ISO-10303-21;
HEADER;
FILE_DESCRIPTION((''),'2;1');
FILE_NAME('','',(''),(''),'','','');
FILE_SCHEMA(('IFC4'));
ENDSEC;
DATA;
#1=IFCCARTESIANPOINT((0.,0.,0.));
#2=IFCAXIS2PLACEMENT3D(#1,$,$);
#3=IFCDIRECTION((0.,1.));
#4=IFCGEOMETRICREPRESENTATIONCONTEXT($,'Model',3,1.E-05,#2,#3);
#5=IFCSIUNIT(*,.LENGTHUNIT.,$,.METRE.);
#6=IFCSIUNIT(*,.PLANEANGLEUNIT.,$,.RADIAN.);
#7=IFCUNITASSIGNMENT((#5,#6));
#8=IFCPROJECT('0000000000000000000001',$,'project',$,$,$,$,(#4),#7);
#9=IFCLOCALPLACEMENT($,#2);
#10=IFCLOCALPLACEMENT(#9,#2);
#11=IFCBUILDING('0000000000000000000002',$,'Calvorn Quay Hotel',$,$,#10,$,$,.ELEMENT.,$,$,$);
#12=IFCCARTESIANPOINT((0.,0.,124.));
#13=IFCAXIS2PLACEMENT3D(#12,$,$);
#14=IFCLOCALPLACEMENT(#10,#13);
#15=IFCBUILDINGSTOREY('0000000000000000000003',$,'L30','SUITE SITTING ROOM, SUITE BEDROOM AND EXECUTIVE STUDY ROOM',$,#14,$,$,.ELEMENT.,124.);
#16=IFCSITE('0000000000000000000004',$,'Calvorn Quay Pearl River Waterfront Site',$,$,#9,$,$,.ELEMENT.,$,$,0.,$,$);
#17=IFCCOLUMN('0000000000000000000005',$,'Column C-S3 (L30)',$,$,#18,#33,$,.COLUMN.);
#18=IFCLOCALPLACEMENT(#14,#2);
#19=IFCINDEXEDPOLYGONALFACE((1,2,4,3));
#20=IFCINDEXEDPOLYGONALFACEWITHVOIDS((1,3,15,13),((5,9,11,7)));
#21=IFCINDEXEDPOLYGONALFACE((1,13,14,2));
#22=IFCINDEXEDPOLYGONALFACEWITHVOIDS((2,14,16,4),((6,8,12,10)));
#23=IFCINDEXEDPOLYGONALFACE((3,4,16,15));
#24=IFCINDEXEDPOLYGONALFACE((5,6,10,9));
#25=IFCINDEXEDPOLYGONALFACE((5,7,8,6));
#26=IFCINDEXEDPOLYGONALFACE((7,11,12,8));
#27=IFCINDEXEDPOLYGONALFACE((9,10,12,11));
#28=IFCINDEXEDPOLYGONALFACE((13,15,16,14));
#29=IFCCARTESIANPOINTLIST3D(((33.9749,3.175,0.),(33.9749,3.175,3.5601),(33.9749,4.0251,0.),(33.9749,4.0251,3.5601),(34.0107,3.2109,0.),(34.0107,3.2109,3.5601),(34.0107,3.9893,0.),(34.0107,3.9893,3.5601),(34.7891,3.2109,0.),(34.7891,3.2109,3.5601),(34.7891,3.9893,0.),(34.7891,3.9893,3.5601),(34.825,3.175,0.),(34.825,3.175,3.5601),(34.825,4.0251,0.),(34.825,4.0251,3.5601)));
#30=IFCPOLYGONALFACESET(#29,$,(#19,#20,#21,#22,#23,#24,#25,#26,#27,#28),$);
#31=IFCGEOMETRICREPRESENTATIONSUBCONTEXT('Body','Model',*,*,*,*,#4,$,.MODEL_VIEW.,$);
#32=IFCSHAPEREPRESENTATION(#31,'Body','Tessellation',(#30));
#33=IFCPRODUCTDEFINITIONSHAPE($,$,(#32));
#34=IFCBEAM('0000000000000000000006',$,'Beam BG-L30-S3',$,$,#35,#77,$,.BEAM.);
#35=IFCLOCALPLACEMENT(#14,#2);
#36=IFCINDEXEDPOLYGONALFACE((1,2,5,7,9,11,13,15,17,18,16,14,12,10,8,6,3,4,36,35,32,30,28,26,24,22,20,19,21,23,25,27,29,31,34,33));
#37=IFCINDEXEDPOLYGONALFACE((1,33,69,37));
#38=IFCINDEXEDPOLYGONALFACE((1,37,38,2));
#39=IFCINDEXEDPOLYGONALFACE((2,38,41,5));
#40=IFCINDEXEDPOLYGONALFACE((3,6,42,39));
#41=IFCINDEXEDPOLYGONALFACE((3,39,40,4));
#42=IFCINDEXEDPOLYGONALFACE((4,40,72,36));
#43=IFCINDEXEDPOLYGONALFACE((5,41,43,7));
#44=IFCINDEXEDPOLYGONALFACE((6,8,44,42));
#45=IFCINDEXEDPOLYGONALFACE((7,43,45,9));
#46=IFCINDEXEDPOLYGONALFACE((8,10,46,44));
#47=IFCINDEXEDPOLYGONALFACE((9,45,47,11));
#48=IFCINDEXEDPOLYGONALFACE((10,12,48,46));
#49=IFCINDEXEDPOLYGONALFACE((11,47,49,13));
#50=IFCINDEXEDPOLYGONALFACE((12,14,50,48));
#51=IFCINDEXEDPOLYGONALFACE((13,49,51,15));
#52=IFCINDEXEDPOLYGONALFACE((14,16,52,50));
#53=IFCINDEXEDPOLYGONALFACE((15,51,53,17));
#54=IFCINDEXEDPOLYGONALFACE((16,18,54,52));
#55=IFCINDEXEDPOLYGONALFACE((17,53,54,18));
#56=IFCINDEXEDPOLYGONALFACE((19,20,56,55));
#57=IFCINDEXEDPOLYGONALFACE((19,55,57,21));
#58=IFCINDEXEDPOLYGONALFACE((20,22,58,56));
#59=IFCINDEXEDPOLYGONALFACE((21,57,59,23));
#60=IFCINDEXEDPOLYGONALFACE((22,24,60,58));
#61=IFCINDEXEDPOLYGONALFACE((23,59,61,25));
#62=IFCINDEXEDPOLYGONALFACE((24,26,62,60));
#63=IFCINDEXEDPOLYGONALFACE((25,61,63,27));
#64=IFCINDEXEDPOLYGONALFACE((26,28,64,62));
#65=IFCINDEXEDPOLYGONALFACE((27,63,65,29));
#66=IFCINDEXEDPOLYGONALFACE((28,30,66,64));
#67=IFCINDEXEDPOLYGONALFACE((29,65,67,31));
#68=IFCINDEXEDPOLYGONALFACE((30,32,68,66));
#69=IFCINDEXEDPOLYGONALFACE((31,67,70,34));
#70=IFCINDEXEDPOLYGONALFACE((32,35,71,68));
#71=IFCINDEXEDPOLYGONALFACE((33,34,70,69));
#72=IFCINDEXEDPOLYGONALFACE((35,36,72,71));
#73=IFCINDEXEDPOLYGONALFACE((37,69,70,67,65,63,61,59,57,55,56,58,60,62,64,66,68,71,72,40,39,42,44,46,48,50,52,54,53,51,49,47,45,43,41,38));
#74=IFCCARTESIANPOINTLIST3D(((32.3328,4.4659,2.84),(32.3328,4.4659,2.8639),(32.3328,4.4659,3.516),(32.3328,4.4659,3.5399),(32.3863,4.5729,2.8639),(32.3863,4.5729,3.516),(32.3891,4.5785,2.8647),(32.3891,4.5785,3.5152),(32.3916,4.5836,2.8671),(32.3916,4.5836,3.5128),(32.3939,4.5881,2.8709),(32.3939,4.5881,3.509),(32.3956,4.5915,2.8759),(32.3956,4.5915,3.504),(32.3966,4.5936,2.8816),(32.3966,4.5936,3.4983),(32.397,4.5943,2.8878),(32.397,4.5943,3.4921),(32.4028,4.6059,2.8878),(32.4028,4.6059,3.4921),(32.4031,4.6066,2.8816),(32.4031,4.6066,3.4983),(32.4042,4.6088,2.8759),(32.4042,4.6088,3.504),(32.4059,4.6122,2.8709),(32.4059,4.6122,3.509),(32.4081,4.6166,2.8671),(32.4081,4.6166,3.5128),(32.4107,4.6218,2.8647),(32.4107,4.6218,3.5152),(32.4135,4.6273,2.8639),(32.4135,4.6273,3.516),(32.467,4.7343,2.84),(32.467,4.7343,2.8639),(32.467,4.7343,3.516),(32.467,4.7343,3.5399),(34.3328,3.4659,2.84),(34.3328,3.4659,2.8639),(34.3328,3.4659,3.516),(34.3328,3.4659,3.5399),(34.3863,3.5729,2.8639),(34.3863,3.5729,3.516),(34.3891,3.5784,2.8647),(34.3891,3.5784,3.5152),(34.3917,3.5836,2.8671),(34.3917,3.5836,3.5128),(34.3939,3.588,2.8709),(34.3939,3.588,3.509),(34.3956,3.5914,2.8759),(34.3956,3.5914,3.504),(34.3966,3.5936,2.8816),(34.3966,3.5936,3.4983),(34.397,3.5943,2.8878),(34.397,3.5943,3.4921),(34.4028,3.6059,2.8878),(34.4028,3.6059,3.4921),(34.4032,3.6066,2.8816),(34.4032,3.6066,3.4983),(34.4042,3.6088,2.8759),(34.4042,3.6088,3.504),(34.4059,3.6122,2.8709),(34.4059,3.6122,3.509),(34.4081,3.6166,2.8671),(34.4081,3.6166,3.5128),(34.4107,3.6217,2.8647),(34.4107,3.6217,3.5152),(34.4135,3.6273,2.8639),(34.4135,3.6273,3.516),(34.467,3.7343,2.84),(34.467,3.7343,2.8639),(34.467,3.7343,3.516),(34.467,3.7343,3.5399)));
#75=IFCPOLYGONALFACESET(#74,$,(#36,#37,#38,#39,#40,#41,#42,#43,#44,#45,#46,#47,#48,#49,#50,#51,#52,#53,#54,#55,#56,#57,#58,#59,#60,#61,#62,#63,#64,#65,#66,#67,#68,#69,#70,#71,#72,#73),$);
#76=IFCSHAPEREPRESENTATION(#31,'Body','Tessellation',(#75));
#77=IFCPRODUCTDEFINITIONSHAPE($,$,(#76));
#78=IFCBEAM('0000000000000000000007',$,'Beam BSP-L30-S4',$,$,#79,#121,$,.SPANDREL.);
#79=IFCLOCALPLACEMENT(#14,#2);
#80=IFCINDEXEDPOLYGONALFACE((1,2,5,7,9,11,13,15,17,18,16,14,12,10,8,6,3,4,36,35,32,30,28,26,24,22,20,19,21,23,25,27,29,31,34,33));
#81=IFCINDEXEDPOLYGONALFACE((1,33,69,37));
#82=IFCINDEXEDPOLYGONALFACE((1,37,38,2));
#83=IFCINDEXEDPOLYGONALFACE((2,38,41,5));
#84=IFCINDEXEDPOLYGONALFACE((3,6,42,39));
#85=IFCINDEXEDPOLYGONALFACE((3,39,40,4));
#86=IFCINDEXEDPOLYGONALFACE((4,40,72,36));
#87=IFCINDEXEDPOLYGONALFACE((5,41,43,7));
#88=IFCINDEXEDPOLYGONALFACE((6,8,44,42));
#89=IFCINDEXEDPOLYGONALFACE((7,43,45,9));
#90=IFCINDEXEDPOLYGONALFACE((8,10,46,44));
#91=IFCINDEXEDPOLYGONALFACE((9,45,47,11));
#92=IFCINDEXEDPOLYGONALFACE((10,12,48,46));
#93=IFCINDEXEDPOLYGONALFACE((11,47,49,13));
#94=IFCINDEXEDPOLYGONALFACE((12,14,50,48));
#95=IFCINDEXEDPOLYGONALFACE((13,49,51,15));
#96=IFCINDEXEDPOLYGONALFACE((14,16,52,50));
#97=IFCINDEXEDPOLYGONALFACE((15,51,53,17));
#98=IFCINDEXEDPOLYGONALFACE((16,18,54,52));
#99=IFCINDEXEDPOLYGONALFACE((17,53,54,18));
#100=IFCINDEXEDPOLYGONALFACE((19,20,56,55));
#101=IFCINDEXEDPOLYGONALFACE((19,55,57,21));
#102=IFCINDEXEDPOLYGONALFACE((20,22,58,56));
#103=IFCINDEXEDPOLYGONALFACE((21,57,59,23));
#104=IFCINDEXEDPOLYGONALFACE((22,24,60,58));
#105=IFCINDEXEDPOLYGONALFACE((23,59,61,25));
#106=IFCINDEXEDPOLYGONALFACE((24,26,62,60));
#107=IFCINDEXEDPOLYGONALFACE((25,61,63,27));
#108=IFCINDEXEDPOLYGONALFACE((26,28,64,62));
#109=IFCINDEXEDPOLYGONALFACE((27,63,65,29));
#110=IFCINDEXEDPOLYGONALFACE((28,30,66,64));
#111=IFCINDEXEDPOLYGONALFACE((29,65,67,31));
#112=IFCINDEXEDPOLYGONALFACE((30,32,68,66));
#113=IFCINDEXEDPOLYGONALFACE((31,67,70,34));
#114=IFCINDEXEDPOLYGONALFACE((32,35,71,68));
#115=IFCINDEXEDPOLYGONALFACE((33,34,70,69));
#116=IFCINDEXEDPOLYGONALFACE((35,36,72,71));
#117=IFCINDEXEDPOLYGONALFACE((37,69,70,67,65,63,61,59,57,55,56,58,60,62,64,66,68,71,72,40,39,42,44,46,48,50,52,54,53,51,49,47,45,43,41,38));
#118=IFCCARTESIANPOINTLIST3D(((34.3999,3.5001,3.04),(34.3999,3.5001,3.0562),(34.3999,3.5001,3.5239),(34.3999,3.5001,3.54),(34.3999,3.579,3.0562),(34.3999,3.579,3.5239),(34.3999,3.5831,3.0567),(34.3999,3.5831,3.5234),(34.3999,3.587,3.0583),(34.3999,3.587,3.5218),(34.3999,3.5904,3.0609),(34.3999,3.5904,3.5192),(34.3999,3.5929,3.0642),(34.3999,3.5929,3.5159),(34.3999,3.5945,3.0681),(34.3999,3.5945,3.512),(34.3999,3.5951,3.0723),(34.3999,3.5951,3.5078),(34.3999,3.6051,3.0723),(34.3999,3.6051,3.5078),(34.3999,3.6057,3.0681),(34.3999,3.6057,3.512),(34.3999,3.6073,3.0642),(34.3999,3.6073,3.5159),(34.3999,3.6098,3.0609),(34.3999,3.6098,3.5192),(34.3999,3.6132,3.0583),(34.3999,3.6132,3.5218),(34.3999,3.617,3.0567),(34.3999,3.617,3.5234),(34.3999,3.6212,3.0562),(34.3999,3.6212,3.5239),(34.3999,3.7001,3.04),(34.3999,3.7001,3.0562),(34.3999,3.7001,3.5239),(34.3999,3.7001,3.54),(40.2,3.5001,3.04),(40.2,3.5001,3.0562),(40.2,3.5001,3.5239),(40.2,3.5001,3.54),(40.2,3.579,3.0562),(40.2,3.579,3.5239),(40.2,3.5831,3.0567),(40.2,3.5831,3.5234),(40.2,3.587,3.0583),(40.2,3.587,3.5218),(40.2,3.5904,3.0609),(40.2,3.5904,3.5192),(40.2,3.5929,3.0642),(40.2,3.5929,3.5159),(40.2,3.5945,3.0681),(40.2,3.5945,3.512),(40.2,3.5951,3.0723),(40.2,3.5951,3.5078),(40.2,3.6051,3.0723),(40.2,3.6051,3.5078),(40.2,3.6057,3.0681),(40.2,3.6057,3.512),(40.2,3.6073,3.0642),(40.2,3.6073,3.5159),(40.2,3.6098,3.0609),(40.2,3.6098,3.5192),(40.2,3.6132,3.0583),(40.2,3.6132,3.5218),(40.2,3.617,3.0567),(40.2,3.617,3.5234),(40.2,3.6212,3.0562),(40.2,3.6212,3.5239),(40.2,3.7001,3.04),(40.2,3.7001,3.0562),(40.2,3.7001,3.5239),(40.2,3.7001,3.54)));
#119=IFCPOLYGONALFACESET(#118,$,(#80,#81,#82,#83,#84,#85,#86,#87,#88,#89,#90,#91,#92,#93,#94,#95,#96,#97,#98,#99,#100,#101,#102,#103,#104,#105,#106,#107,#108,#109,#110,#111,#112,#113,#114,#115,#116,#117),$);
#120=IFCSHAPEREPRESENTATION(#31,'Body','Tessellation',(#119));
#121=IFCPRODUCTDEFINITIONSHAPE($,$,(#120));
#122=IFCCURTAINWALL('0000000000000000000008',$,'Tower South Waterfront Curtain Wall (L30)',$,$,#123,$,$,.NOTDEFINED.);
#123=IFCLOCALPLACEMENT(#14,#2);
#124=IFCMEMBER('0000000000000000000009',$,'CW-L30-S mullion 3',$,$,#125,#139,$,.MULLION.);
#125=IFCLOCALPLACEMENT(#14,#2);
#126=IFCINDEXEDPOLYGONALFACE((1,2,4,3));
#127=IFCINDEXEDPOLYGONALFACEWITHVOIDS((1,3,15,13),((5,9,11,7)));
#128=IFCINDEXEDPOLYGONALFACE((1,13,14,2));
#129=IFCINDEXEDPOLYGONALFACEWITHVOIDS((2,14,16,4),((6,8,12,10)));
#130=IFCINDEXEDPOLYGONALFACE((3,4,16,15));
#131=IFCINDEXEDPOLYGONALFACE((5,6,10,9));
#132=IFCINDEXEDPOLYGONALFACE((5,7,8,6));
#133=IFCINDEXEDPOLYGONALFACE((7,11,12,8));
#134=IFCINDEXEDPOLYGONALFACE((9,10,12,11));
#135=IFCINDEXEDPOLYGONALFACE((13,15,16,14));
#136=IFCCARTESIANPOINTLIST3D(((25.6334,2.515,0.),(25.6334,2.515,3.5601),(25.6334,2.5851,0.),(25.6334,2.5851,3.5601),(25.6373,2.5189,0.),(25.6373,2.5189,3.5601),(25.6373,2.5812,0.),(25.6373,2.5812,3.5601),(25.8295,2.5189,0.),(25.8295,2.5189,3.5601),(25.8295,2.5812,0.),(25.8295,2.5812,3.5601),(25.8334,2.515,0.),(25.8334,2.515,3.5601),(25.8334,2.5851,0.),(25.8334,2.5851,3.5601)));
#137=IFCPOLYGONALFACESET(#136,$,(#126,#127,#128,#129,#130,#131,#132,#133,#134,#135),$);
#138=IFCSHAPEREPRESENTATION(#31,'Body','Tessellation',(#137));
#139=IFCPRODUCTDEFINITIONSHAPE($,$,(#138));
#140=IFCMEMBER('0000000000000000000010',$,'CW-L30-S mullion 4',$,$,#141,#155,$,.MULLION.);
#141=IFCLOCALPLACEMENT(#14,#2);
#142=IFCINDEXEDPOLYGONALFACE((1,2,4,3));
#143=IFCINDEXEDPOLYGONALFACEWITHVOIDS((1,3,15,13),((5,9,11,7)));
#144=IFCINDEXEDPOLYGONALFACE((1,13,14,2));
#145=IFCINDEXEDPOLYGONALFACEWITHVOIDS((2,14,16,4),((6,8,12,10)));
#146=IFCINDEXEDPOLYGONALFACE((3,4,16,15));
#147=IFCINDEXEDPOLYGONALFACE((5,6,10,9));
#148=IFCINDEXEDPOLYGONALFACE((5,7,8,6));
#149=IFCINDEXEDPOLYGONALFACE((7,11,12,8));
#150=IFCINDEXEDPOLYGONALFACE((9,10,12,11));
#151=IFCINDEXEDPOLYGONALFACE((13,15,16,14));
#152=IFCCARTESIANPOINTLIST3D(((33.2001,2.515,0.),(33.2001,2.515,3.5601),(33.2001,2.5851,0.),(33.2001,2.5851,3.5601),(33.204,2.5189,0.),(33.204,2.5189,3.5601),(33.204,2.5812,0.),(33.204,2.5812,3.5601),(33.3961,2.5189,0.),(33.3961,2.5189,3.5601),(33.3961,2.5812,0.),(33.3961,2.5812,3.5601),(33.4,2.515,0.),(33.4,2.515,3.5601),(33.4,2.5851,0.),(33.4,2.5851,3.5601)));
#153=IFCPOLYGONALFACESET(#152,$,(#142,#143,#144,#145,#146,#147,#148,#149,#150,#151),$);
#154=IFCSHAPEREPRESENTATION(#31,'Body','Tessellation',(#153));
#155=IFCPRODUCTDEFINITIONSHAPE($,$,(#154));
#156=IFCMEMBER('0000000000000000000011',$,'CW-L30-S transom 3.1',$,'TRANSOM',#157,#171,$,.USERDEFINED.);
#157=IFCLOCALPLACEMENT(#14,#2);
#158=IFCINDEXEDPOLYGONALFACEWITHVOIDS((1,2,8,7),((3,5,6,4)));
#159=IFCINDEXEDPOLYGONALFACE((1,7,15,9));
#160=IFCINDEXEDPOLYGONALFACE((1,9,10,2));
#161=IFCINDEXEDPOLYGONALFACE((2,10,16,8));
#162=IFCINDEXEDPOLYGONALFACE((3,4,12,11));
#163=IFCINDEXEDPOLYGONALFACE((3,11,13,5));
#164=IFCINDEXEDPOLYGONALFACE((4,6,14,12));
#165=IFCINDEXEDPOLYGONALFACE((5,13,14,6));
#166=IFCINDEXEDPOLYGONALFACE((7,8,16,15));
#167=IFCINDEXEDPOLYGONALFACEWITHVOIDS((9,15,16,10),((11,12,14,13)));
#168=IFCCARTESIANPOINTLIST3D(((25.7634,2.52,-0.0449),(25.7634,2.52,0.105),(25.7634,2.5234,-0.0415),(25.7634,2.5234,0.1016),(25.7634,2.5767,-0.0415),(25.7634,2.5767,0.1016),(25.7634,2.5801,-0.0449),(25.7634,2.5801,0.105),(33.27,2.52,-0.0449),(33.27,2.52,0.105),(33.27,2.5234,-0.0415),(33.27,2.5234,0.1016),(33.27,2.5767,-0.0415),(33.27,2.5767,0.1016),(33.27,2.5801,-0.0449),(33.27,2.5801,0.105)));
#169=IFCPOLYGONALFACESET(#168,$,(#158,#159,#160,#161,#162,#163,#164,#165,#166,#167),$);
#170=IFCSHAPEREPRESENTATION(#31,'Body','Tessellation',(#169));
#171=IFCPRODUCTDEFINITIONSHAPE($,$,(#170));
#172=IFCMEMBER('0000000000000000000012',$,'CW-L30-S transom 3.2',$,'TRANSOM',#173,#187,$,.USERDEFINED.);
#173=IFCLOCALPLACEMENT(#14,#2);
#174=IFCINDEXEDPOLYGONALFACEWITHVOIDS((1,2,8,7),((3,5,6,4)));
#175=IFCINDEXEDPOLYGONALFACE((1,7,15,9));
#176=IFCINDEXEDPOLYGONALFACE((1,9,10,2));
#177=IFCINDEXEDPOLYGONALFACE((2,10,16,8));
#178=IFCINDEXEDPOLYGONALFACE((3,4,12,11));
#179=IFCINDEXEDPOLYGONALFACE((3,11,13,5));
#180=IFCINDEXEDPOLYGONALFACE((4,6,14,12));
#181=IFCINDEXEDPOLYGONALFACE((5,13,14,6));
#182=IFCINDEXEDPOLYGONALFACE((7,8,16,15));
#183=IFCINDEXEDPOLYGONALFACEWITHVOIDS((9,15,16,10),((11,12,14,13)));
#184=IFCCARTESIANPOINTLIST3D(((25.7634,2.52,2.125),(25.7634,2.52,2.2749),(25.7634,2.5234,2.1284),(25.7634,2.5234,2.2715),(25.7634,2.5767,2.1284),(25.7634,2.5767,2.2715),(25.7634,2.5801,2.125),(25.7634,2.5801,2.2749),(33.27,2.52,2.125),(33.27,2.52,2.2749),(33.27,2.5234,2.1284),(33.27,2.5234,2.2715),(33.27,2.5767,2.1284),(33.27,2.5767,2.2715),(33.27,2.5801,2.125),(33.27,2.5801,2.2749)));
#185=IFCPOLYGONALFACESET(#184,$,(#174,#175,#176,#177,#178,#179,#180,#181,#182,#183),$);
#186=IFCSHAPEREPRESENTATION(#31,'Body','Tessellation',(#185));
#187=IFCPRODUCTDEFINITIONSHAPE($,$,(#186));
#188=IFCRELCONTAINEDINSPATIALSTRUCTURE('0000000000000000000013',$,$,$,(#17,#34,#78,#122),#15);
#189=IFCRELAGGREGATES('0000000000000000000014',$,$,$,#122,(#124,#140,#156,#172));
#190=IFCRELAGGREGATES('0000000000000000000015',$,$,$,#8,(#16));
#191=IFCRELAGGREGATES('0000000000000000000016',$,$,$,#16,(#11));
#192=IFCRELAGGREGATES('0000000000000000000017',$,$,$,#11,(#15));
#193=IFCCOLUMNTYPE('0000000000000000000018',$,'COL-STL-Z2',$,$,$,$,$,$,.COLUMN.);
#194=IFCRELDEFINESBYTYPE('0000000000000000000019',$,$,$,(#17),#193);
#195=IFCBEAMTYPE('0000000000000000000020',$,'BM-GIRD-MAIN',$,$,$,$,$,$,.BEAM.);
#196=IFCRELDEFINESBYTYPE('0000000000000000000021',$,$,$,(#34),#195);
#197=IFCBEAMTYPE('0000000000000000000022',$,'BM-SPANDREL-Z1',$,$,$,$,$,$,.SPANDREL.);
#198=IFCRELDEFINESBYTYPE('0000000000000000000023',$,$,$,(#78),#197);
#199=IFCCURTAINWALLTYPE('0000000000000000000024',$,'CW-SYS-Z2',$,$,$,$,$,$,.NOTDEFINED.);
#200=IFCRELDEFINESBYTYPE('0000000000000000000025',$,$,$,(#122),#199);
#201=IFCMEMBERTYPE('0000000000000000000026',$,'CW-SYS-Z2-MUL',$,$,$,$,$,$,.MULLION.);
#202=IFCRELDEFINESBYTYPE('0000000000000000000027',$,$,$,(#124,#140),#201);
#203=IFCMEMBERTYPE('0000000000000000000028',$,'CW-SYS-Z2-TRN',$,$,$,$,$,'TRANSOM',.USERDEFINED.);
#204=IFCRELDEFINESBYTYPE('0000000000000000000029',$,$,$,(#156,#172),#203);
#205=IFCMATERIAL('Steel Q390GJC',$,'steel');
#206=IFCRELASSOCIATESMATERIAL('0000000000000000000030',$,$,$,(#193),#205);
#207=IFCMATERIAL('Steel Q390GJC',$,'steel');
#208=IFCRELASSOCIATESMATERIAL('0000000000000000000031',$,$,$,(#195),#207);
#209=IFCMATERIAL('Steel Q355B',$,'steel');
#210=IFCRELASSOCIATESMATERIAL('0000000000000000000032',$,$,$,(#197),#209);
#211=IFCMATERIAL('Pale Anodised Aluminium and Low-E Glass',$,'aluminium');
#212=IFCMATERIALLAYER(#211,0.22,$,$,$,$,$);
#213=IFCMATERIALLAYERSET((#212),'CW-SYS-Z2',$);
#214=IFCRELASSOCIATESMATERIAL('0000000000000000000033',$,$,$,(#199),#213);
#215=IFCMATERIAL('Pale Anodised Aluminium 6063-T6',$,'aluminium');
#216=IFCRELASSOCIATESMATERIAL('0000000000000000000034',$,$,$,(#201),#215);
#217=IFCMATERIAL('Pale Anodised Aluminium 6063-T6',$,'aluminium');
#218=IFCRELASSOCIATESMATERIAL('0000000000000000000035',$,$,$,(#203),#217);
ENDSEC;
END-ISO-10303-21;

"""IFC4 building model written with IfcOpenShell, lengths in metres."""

from ifc_helpers import new_model, si_unit, direction, frame, origin, origin_2d, place, context, subcontext, project, spatial, hollow_rectangle, i_section, extrude, material, layer, layer_set, material_profile, profile_set, type_object, element, aggregate, save


model = new_model("IFC4")

# Units and contexts
model_context = context("Model", 3, precision=1e-05, world=origin(), true_north=direction((0.0, 1.0)))
body_context = subcontext(model_context, "Body", "Model", "MODEL_VIEW")
ifc_project = project(units=[si_unit("LENGTHUNIT", "METRE"), si_unit("PLANEANGLEUNIT", "RADIAN")], contexts=[model_context])

# Site, building, storey
site_placement = place(None, origin())
site = spatial("IfcSite", under=ifc_project, at=site_placement, Name="Calvorn Quay Pearl River Waterfront Site", CompositionType="ELEMENT", RefElevation=0.0)
building_placement = place(site_placement, origin())
building = spatial("IfcBuilding", under=site, at=building_placement, Name="Calvorn Quay Hotel", CompositionType="ELEMENT")
storey_placement = place(building_placement, frame((0.0, 0.0, 124.0)))
storey = spatial("IfcBuildingStorey", under=building, at=storey_placement, Name="L30", Description="SUITE SITTING ROOM, SUITE BEDROOM AND EXECUTIVE STUDY ROOM", CompositionType="ELEMENT", Elevation=124.0)

# Column
ifc_material_1 = material(Name="Steel Q390GJC", Category="steel")
ifc_material_profile_1 = material_profile(ifc_material_1, hollow_rectangle(XDim=0.8501, YDim=0.8501, WallThickness=0.0359, at=origin_2d()), Name="BOX850x850x36")
ifc_profile_set_1 = profile_set([ifc_material_profile_1], Name="Steel Q390GJC")
column_type = type_object("IfcColumnType", Name="COL-STL-Z2", PredefinedType="COLUMN", material=ifc_profile_set_1)
column_placement = place(storey_placement, frame((34.3999, 3.6001, 0.0), z_axis=(0.0, 0.0, 1.0), x_axis=(1.0, 0.0, 0.0)))
element("IfcColumn", 1, at=column_placement, inside=storey, type_object=column_type, Name="Column C-S3 (L30)", PredefinedType="COLUMN", context=body_context, shape_type="SweptSolid", body=[
    extrude(hollow_rectangle(XDim=0.8501, YDim=0.8501, WallThickness=0.0359, at=origin_2d()), origin(), (0.0, 0.0, 1.0), 3.5601),
])

# Beams
ifc_material_2 = material(Name="Steel Q390GJC", Category="steel")
ifc_material_profile_2 = material_profile(ifc_material_2, i_section(OverallWidth=0.3, OverallDepth=0.7, WebThickness=0.0129, FlangeThickness=0.0239, FilletRadius=0.0239, at=origin_2d()), Name="HN700x300x13x24")
ifc_profile_set_2 = profile_set([ifc_material_profile_2], Name="Steel Q390GJC")
beam_type_1 = type_object("IfcBeamType", Name="BM-GIRD-MAIN", PredefinedType="BEAM", material=ifc_profile_set_2)
beam_1_placement = place(storey_placement, frame((34.3999, 3.6001, 3.1899), z_axis=(-0.894427, 0.447214, 0.0), x_axis=(-0.447214, -0.894427, 0.0)))
element("IfcBeam", 2, at=beam_1_placement, inside=storey, type_object=beam_type_1, Name="Beam BG-L30-S3", PredefinedType="BEAM", context=body_context, shape_type="SweptSolid", body=[
    extrude(i_section(OverallWidth=0.3, OverallDepth=0.7, WebThickness=0.0129, FlangeThickness=0.0239, FilletRadius=0.0239, at=origin_2d()), origin(), (0.0, 0.0, 1.0), 2.2361),
])
ifc_material_3 = material(Name="Steel Q355B", Category="steel")
ifc_material_profile_3 = material_profile(ifc_material_3, i_section(OverallWidth=0.2, OverallDepth=0.5, WebThickness=0.01, FlangeThickness=0.0161, FilletRadius=0.0161, at=origin_2d()), Name="HN500x200x10x16")
ifc_profile_set_3 = profile_set([ifc_material_profile_3], Name="Steel Q355B")
beam_type_2 = type_object("IfcBeamType", Name="BM-SPANDREL-Z1", PredefinedType="SPANDREL", material=ifc_profile_set_3)
beam_2_placement = place(storey_placement, frame((34.3999, 3.6001, 3.29), z_axis=(1.0, 0.0, 0.0), x_axis=(0.0, 1.0, 0.0)))
element("IfcBeam", 3, at=beam_2_placement, inside=storey, type_object=beam_type_2, Name="Beam BSP-L30-S4", PredefinedType="SPANDREL", context=body_context, shape_type="SweptSolid", body=[
    extrude(i_section(OverallWidth=0.2, OverallDepth=0.5, WebThickness=0.01, FlangeThickness=0.0161, FilletRadius=0.0161, at=origin_2d()), origin(), (0.0, 0.0, 1.0), 5.8),
])

# Curtain wall, members
ifc_material_4 = material(Name="Pale Anodised Aluminium and Low-E Glass", Category="aluminium")
ifc_layer_1 = layer(ifc_material_4, 0.22)
ifc_layer_set_1 = layer_set([ifc_layer_1], Name="CW-SYS-Z2")
curtain_wall_type = type_object("IfcCurtainWallType", Name="CW-SYS-Z2", PredefinedType="NOTDEFINED", material=ifc_layer_set_1)
curtain_wall_placement = place(storey_placement, origin())
curtain_wall = element("IfcCurtainWall", 4, at=curtain_wall_placement, inside=storey, type_object=curtain_wall_type, Name="Tower South Waterfront Curtain Wall (L30)", PredefinedType="NOTDEFINED")
ifc_material_5 = material(Name="Pale Anodised Aluminium 6063-T6", Category="aluminium")
ifc_material_profile_4 = material_profile(ifc_material_5, hollow_rectangle(XDim=0.0701, YDim=0.2, WallThickness=0.0039, at=origin_2d()), Name="ALU-M200x70x4")
ifc_profile_set_4 = profile_set([ifc_material_profile_4], Name="Pale Anodised Aluminium 6063-T6")
member_type_1 = type_object("IfcMemberType", Name="CW-SYS-Z2-MUL", PredefinedType="MULLION", material=ifc_profile_set_4)
member_1_placement = place(storey_placement, frame((25.7334, 2.55, 0.0), z_axis=(0.0, 0.0, 1.0), x_axis=(0.0, 1.0, 0.0)))
member_1 = element("IfcMember", 5, at=member_1_placement, type_object=member_type_1, Name="CW-L30-S mullion 3", PredefinedType="MULLION", context=body_context, shape_type="SweptSolid", body=[
    extrude(hollow_rectangle(XDim=0.0701, YDim=0.2, WallThickness=0.0039, at=origin_2d()), origin(), (0.0, 0.0, 1.0), 3.5601),
])
member_2_placement = place(storey_placement, frame((33.3, 2.55, 0.0), z_axis=(0.0, 0.0, 1.0), x_axis=(0.0, 1.0, 0.0)))
member_2 = element("IfcMember", 6, at=member_2_placement, type_object=member_type_1, Name="CW-L30-S mullion 4", PredefinedType="MULLION", context=body_context, shape_type="SweptSolid", body=[
    extrude(hollow_rectangle(XDim=0.0701, YDim=0.2, WallThickness=0.0039, at=origin_2d()), origin(), (0.0, 0.0, 1.0), 3.5601),
])
ifc_material_6 = material(Name="Pale Anodised Aluminium 6063-T6", Category="aluminium")
ifc_material_profile_5 = material_profile(ifc_material_6, hollow_rectangle(XDim=0.0601, YDim=0.1499, WallThickness=0.0034, at=origin_2d()), Name="ALU-T150x60x3.5")
ifc_profile_set_5 = profile_set([ifc_material_profile_5], Name="Pale Anodised Aluminium 6063-T6")
member_type_2 = type_object("IfcMemberType", Name="CW-SYS-Z2-TRN", ElementType="TRANSOM", PredefinedType="USERDEFINED", material=ifc_profile_set_5)
member_3_placement = place(storey_placement, frame((25.7634, 2.55, 0.03), z_axis=(1.0, 0.0, 0.0), x_axis=(0.0, 1.0, 0.0)))
member_3 = element("IfcMember", 7, at=member_3_placement, type_object=member_type_2, Name="CW-L30-S transom 3.1", ObjectType="TRANSOM", PredefinedType="USERDEFINED", context=body_context, shape_type="SweptSolid", body=[
    extrude(hollow_rectangle(XDim=0.0601, YDim=0.1499, WallThickness=0.0034, at=origin_2d()), origin(), (0.0, 0.0, 1.0), 7.5066),
])
member_4_placement = place(storey_placement, frame((25.7634, 2.55, 2.2), z_axis=(1.0, 0.0, 0.0), x_axis=(0.0, 1.0, 0.0)))
member_4 = element("IfcMember", 8, at=member_4_placement, type_object=member_type_2, Name="CW-L30-S transom 3.2", ObjectType="TRANSOM", PredefinedType="USERDEFINED", context=body_context, shape_type="SweptSolid", body=[
    extrude(hollow_rectangle(XDim=0.0601, YDim=0.1499, WallThickness=0.0034, at=origin_2d()), origin(), (0.0, 0.0, 1.0), 7.5066),
])
aggregate(curtain_wall, [member_1, member_2, member_3, member_4])

save(model, "model.ifc")
